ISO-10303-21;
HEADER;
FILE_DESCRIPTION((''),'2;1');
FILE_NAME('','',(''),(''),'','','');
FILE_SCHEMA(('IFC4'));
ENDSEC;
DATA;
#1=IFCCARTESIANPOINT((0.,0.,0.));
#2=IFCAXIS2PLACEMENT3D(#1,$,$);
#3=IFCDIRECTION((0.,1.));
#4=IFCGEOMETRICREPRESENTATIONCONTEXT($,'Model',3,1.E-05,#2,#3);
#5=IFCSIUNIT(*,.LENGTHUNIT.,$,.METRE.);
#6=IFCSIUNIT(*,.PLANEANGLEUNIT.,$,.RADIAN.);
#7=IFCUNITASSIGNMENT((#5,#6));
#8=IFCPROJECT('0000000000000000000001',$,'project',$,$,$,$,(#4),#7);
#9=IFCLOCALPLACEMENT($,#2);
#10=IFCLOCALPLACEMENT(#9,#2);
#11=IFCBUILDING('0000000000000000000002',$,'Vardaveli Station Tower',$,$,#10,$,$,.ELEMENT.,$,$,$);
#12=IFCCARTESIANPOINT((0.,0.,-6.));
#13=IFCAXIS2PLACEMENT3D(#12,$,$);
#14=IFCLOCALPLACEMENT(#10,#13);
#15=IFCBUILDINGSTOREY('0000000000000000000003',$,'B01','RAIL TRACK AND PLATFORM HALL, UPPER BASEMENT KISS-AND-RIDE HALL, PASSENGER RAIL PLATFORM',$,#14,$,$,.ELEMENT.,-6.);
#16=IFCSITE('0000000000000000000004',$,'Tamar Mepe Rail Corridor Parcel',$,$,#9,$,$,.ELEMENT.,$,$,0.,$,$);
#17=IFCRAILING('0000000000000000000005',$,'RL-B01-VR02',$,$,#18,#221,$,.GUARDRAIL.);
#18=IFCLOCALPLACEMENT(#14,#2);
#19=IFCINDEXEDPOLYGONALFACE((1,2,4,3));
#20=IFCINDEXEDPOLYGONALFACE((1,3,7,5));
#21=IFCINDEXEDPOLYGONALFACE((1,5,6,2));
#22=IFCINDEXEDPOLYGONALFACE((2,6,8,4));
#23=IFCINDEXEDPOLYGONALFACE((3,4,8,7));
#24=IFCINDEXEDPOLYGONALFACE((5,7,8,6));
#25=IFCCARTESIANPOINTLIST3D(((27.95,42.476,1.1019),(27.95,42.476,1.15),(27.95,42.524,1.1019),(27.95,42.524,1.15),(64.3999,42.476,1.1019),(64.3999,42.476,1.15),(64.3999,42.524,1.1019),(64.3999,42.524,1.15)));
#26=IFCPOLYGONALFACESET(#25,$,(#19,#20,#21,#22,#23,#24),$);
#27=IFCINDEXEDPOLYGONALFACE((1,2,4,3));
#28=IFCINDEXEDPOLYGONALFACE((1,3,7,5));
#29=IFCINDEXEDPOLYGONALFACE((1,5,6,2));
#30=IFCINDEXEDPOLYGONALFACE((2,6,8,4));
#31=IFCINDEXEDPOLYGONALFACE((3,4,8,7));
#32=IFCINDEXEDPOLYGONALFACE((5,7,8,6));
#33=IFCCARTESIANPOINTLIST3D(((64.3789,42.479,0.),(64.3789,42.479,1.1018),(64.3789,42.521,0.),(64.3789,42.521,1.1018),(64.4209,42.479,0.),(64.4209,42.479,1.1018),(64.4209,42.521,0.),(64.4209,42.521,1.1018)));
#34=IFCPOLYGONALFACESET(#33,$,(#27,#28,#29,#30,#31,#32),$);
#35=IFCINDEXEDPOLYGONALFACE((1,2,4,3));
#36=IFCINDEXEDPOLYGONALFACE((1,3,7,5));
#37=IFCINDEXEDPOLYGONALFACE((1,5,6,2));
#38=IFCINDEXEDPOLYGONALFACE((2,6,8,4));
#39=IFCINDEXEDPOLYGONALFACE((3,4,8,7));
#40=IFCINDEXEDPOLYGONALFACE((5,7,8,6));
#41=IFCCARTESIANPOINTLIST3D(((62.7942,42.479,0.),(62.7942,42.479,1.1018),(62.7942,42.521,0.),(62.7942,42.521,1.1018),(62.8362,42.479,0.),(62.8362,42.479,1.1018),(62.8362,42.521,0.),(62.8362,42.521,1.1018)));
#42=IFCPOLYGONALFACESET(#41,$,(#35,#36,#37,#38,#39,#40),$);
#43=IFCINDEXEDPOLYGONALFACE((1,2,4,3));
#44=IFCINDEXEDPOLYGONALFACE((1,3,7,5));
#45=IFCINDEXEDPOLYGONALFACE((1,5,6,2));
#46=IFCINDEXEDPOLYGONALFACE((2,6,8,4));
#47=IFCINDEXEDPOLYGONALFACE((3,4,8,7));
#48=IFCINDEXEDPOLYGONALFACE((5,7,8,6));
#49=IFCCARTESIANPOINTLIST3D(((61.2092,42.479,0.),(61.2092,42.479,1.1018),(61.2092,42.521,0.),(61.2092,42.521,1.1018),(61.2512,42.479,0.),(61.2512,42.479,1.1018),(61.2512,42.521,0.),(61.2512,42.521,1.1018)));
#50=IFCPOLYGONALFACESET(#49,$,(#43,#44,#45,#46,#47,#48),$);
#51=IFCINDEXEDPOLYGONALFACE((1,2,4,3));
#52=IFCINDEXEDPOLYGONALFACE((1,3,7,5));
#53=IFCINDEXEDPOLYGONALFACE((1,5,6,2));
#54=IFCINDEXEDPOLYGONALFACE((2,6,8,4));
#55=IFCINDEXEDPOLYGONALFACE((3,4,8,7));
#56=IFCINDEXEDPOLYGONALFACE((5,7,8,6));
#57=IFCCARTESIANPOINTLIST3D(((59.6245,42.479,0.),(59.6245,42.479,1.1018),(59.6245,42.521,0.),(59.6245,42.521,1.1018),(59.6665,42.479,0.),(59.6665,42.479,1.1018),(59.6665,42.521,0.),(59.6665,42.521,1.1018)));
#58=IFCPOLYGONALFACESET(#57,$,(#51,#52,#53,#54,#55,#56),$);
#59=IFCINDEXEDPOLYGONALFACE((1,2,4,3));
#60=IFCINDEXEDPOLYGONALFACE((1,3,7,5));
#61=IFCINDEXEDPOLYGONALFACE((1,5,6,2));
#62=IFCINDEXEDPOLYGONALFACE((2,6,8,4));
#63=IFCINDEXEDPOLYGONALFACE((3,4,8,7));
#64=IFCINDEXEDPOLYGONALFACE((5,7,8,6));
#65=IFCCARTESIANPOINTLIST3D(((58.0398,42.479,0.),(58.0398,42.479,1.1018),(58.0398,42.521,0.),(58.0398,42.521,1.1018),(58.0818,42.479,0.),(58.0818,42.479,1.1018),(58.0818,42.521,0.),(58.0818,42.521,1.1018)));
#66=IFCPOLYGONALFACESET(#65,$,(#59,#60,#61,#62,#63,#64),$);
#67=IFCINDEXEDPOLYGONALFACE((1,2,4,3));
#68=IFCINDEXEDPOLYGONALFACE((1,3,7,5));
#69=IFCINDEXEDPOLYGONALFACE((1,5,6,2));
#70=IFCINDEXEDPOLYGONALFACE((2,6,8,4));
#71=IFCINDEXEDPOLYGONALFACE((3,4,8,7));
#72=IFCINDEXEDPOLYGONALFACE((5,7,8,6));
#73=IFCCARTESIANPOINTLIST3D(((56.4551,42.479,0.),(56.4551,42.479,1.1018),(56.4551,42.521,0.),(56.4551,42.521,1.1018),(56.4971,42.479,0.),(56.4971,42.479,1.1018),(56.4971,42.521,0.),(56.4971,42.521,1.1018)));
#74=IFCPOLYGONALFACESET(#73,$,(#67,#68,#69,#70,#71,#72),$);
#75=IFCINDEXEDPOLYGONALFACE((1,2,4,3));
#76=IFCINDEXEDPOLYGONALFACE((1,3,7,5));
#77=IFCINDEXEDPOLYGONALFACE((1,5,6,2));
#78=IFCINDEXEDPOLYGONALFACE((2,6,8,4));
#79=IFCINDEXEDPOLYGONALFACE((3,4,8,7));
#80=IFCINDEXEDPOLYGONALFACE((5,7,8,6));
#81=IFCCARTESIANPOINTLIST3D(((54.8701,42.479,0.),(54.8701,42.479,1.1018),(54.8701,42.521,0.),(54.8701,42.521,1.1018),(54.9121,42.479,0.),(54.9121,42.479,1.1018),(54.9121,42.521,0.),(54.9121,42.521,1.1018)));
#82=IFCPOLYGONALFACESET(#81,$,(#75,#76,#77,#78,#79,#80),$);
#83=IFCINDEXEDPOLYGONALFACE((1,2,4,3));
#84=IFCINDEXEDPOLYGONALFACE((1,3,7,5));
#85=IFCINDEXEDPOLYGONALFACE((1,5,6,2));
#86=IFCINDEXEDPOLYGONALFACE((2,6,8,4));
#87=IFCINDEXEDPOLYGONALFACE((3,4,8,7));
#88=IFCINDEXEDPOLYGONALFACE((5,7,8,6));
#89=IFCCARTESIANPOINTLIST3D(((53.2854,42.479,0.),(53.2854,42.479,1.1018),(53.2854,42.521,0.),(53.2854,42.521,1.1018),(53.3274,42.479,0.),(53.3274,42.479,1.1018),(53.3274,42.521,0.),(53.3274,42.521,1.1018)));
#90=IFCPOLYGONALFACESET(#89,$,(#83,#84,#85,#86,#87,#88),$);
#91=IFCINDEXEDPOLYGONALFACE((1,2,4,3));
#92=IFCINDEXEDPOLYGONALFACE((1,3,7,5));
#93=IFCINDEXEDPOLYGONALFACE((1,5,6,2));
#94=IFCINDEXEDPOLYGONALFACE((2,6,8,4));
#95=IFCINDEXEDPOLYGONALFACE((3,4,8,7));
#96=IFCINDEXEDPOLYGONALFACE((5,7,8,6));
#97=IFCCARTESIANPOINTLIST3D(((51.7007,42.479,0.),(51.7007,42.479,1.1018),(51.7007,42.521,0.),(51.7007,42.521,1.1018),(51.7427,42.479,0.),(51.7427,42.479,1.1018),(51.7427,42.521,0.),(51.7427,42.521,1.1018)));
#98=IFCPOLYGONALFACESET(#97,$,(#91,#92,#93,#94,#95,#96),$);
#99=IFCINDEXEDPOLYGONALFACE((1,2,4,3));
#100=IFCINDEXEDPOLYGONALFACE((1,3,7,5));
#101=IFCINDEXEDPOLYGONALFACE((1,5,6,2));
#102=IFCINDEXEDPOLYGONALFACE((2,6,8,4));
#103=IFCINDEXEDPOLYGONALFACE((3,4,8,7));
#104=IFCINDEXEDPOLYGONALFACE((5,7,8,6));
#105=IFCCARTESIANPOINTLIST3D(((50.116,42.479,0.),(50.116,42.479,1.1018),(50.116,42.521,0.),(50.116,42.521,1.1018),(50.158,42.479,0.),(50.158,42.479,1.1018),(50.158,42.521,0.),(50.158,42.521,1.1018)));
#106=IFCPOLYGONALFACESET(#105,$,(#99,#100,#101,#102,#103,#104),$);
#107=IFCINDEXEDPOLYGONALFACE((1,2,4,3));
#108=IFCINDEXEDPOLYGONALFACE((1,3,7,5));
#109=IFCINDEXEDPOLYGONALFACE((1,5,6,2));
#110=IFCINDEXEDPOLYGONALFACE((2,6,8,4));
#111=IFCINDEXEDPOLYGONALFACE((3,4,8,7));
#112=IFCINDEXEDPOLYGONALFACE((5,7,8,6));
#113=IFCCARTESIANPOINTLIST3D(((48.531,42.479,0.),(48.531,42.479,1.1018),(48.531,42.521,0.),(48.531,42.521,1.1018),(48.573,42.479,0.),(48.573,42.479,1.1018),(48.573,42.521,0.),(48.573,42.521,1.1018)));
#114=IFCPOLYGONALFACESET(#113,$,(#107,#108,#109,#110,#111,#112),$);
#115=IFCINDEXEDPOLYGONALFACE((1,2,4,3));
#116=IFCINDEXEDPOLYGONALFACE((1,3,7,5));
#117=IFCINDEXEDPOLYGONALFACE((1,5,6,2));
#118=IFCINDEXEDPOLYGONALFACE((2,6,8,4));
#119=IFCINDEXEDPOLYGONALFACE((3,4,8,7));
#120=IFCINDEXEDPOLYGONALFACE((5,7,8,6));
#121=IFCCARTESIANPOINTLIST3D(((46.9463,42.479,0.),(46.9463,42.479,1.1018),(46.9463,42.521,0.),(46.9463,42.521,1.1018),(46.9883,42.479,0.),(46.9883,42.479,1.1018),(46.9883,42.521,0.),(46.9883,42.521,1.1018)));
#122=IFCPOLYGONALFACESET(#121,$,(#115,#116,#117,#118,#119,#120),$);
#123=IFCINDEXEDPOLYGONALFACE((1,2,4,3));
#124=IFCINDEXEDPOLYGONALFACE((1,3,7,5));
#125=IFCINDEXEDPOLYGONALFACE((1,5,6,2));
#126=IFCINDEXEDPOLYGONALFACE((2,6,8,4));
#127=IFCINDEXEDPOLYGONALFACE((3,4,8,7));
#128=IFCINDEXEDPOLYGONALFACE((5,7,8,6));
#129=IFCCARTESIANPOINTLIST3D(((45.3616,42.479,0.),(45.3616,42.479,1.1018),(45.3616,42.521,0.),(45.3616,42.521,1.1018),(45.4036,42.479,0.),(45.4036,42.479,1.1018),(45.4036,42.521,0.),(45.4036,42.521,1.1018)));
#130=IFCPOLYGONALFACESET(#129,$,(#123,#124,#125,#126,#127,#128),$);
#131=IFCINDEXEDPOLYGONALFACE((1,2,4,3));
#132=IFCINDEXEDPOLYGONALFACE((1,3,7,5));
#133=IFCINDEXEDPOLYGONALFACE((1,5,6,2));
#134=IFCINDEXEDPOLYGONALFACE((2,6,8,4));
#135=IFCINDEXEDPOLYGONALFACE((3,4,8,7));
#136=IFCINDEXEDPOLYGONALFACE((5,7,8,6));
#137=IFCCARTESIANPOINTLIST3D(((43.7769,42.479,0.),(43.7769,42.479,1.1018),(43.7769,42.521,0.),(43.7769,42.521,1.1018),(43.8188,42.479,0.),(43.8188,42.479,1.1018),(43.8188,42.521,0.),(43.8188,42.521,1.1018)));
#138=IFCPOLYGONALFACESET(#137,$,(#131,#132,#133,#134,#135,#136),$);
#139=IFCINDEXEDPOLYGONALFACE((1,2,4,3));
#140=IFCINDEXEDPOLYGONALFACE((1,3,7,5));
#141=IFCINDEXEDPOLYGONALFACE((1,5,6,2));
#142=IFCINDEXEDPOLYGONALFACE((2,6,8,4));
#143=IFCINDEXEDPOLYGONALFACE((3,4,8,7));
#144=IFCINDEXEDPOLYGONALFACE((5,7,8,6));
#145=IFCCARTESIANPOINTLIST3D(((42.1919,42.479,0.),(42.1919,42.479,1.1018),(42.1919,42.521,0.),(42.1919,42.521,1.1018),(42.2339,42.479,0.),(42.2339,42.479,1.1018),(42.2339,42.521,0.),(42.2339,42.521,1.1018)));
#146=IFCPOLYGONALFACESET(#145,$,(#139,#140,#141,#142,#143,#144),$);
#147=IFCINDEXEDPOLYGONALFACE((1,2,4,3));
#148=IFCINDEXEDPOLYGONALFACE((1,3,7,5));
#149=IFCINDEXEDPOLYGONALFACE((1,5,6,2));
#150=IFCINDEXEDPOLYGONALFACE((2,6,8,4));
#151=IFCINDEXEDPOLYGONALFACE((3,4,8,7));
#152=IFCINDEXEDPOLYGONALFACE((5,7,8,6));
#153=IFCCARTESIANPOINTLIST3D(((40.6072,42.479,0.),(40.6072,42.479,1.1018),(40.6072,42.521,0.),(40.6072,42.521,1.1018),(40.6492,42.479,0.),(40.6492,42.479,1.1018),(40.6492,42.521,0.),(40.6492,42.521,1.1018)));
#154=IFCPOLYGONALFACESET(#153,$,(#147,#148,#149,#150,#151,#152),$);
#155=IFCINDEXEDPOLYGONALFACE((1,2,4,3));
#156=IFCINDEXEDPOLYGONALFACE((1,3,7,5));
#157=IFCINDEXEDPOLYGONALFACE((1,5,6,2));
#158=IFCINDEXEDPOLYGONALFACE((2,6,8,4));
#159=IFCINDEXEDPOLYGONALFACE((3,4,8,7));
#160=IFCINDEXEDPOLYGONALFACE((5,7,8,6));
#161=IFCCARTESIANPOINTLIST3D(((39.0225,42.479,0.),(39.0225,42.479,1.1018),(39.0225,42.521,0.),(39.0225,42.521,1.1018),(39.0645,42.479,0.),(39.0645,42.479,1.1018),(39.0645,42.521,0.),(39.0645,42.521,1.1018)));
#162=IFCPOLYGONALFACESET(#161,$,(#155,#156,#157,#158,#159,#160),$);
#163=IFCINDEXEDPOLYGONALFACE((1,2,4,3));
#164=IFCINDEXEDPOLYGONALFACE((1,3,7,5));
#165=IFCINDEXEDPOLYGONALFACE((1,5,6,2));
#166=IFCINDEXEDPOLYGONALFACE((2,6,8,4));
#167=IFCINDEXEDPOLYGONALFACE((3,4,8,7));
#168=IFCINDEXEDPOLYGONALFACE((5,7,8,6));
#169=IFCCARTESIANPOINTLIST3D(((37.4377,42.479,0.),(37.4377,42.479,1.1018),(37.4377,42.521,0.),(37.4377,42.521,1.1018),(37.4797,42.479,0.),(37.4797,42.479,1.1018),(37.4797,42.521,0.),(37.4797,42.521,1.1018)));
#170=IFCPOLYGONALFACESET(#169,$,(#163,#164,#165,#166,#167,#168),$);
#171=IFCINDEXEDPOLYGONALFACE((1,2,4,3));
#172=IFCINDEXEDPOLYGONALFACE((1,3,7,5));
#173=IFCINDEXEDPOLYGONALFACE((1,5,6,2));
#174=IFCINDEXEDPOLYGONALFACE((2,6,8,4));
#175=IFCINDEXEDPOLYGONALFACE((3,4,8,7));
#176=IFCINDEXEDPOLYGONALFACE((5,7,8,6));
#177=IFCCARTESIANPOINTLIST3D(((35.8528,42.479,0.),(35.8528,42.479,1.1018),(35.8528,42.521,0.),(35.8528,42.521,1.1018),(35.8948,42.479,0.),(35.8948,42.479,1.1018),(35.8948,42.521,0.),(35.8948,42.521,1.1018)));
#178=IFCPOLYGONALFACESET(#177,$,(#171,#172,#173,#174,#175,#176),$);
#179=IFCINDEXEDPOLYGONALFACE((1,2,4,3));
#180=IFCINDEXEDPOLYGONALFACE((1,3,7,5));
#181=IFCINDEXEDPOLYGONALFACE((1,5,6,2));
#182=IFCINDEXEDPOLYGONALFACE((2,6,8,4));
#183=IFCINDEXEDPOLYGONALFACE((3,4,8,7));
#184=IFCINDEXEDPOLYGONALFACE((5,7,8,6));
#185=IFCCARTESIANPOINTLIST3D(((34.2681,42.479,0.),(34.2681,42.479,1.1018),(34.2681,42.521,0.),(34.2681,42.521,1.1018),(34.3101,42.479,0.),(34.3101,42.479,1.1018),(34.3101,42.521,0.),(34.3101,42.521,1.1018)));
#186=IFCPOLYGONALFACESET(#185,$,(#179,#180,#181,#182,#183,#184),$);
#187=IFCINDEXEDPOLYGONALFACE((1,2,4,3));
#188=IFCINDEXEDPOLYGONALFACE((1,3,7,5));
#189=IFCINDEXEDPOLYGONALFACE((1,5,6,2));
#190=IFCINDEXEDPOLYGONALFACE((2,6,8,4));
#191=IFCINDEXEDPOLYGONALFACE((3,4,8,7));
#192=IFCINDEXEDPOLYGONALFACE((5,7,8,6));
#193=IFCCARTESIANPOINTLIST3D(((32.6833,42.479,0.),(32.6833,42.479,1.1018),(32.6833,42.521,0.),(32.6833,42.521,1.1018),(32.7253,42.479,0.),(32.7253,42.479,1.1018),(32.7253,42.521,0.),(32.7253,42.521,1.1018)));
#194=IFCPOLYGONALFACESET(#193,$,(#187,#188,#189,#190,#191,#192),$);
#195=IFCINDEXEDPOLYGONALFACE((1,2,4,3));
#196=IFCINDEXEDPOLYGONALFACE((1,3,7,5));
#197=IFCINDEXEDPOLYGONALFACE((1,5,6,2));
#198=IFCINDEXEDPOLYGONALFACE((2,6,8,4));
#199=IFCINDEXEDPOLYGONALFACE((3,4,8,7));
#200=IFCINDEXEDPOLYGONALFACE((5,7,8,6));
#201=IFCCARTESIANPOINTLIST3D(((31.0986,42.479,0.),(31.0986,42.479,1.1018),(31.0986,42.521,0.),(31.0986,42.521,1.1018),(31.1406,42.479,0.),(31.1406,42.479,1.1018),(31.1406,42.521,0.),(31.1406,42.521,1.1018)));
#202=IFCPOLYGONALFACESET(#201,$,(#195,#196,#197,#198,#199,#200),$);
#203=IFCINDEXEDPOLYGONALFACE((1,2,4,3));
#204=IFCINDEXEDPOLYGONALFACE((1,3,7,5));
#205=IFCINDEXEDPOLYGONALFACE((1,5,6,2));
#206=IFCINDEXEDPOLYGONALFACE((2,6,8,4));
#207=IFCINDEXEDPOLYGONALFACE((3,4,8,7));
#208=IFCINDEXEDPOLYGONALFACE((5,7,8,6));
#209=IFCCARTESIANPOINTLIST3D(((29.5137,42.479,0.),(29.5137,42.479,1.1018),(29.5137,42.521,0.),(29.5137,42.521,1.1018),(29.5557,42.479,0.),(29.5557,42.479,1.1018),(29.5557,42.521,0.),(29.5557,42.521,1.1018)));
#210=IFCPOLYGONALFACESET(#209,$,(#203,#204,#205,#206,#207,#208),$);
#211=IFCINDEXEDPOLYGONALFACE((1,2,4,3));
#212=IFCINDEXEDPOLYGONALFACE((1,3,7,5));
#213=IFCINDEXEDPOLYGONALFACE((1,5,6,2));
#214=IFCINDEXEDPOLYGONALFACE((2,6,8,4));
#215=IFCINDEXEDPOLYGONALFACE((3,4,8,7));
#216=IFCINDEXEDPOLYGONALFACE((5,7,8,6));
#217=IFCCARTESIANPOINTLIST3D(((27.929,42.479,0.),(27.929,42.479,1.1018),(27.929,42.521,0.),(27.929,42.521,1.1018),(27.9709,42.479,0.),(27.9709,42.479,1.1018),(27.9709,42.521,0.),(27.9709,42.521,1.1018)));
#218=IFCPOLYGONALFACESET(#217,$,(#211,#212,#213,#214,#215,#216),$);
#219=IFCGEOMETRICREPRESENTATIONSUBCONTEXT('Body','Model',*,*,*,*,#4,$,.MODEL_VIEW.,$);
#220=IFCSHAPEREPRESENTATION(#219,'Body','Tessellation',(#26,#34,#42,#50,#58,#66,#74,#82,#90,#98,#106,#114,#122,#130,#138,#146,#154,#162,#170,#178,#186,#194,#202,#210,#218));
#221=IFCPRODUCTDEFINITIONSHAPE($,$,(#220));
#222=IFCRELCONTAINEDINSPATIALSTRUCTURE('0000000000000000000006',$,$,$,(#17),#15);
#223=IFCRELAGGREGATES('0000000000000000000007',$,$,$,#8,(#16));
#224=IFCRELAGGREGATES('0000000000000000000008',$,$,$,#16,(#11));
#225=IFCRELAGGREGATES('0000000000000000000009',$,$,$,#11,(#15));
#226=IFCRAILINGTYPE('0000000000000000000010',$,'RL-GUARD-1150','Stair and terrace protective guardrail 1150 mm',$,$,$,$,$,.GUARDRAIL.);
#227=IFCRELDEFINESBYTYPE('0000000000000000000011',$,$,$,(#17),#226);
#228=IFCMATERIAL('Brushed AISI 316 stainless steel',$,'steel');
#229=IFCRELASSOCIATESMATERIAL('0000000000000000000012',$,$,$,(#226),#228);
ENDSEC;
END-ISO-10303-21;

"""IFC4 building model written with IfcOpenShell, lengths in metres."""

from ifc_helpers import new_model, si_unit, direction, frame, origin, origin_2d, place, context, subcontext, project, spatial, rectangle, extrude, source, transform, mapped, material, type_object, element, save


model = new_model("IFC4")

# Units and contexts
model_context = context("Model", 3, precision=1e-05, world=origin(), true_north=direction((0.0, 1.0)))
body_context = subcontext(model_context, "Body", "Model", "MODEL_VIEW")
ifc_project = project(units=[si_unit("LENGTHUNIT", "METRE"), si_unit("PLANEANGLEUNIT", "RADIAN")], contexts=[model_context])

# Site, building, storey
site_placement = place(None, origin())
site = spatial("IfcSite", under=ifc_project, at=site_placement, Name="Tamar Mepe Rail Corridor Parcel", CompositionType="ELEMENT", RefElevation=0.0)
building_placement = place(site_placement, origin())
building = spatial("IfcBuilding", under=site, at=building_placement, Name="Vardaveli Station Tower", CompositionType="ELEMENT")
storey_placement = place(building_placement, frame((0.0, 0.0, -6.0)))
storey = spatial("IfcBuildingStorey", under=building, at=storey_placement, Name="B01", Description="RAIL TRACK AND PLATFORM HALL, UPPER BASEMENT KISS-AND-RIDE HALL, PASSENGER RAIL PLATFORM", CompositionType="ELEMENT", Elevation=-6.0)

# Railing
ifc_material_1 = material(Name="Brushed AISI 316 stainless steel", Category="steel")
railing_type_1 = type_object("IfcRailingType", Name="RL-GUARD-1150", Description="Stair and terrace protective guardrail 1150 mm", PredefinedType="GUARDRAIL", material=ifc_material_1)
shared_shape_1 = source(origin(), body_context, "Body", "SweptSolid", [
    extrude(rectangle(XDim=0.0481, YDim=0.0481, at=origin_2d()), frame((0.0, 0.0, 1.126), z_axis=(-1.0, 0.0, 0.0), x_axis=(0.0, -1.0, 0.0)), (0.0, 0.0, 1.0), 36.45),
    extrude(rectangle(XDim=0.042, YDim=0.042, at=origin_2d()), origin(), (0.0, 0.0, 1.0), 1.1018),
    extrude(rectangle(XDim=0.042, YDim=0.042, at=origin_2d()), frame((-1.5847, 0.0, 0.0)), (0.0, 0.0, 1.0), 1.1018),
    extrude(rectangle(XDim=0.042, YDim=0.042, at=origin_2d()), frame((-3.1697, 0.0, 0.0)), (0.0, 0.0, 1.0), 1.1018),
    extrude(rectangle(XDim=0.042, YDim=0.042, at=origin_2d()), frame((-4.7544, 0.0, 0.0)), (0.0, 0.0, 1.0), 1.1018),
    extrude(rectangle(XDim=0.042, YDim=0.042, at=origin_2d()), frame((-6.3391, 0.0, 0.0)), (0.0, 0.0, 1.0), 1.1018),
    extrude(rectangle(XDim=0.042, YDim=0.042, at=origin_2d()), frame((-7.9238, 0.0, 0.0)), (0.0, 0.0, 1.0), 1.1018),
    extrude(rectangle(XDim=0.042, YDim=0.042, at=origin_2d()), frame((-9.5088, 0.0, 0.0)), (0.0, 0.0, 1.0), 1.1018),
    extrude(rectangle(XDim=0.042, YDim=0.042, at=origin_2d()), frame((-11.0935, 0.0, 0.0)), (0.0, 0.0, 1.0), 1.1018),
    extrude(rectangle(XDim=0.042, YDim=0.042, at=origin_2d()), frame((-12.6782, 0.0, 0.0)), (0.0, 0.0, 1.0), 1.1018),
    extrude(rectangle(XDim=0.042, YDim=0.042, at=origin_2d()), frame((-14.2629, 0.0, 0.0)), (0.0, 0.0, 1.0), 1.1018),
    extrude(rectangle(XDim=0.042, YDim=0.042, at=origin_2d()), frame((-15.8479, 0.0, 0.0)), (0.0, 0.0, 1.0), 1.1018),
    extrude(rectangle(XDim=0.042, YDim=0.042, at=origin_2d()), frame((-17.4326, 0.0, 0.0)), (0.0, 0.0, 1.0), 1.1018),
    extrude(rectangle(XDim=0.042, YDim=0.042, at=origin_2d()), frame((-19.0173, 0.0, 0.0)), (0.0, 0.0, 1.0), 1.1018),
    extrude(rectangle(XDim=0.042, YDim=0.042, at=origin_2d()), frame((-20.6021, 0.0, 0.0)), (0.0, 0.0, 1.0), 1.1018),
    extrude(rectangle(XDim=0.042, YDim=0.042, at=origin_2d()), frame((-22.187, 0.0, 0.0)), (0.0, 0.0, 1.0), 1.1018),
    extrude(rectangle(XDim=0.042, YDim=0.042, at=origin_2d()), frame((-23.7717, 0.0, 0.0)), (0.0, 0.0, 1.0), 1.1018),
    extrude(rectangle(XDim=0.042, YDim=0.042, at=origin_2d()), frame((-25.3564, 0.0, 0.0)), (0.0, 0.0, 1.0), 1.1018),
    extrude(rectangle(XDim=0.042, YDim=0.042, at=origin_2d()), frame((-26.9412, 0.0, 0.0)), (0.0, 0.0, 1.0), 1.1018),
    extrude(rectangle(XDim=0.042, YDim=0.042, at=origin_2d()), frame((-28.5261, 0.0, 0.0)), (0.0, 0.0, 1.0), 1.1018),
    extrude(rectangle(XDim=0.042, YDim=0.042, at=origin_2d()), frame((-30.1108, 0.0, 0.0)), (0.0, 0.0, 1.0), 1.1018),
    extrude(rectangle(XDim=0.042, YDim=0.042, at=origin_2d()), frame((-31.6956, 0.0, 0.0)), (0.0, 0.0, 1.0), 1.1018),
    extrude(rectangle(XDim=0.042, YDim=0.042, at=origin_2d()), frame((-33.2803, 0.0, 0.0)), (0.0, 0.0, 1.0), 1.1018),
    extrude(rectangle(XDim=0.042, YDim=0.042, at=origin_2d()), frame((-34.8652, 0.0, 0.0)), (0.0, 0.0, 1.0), 1.1018),
    extrude(rectangle(XDim=0.042, YDim=0.042, at=origin_2d()), frame((-36.45, 0.0, 0.0)), (0.0, 0.0, 1.0), 1.1018),
])
railing_1_placement = place(storey_placement, frame((64.3999, 42.5, 0.0)))
element("IfcRailing", 1, at=railing_1_placement, inside=storey, type_object=railing_type_1, Name="RL-B01-VR02", PredefinedType="GUARDRAIL", context=body_context, shape_type="MappedRepresentation", body=[
    mapped(shared_shape_1, transform((0.0, 0.0, 0.0), scale=1.0)),
])

save(model, "model.ifc")
